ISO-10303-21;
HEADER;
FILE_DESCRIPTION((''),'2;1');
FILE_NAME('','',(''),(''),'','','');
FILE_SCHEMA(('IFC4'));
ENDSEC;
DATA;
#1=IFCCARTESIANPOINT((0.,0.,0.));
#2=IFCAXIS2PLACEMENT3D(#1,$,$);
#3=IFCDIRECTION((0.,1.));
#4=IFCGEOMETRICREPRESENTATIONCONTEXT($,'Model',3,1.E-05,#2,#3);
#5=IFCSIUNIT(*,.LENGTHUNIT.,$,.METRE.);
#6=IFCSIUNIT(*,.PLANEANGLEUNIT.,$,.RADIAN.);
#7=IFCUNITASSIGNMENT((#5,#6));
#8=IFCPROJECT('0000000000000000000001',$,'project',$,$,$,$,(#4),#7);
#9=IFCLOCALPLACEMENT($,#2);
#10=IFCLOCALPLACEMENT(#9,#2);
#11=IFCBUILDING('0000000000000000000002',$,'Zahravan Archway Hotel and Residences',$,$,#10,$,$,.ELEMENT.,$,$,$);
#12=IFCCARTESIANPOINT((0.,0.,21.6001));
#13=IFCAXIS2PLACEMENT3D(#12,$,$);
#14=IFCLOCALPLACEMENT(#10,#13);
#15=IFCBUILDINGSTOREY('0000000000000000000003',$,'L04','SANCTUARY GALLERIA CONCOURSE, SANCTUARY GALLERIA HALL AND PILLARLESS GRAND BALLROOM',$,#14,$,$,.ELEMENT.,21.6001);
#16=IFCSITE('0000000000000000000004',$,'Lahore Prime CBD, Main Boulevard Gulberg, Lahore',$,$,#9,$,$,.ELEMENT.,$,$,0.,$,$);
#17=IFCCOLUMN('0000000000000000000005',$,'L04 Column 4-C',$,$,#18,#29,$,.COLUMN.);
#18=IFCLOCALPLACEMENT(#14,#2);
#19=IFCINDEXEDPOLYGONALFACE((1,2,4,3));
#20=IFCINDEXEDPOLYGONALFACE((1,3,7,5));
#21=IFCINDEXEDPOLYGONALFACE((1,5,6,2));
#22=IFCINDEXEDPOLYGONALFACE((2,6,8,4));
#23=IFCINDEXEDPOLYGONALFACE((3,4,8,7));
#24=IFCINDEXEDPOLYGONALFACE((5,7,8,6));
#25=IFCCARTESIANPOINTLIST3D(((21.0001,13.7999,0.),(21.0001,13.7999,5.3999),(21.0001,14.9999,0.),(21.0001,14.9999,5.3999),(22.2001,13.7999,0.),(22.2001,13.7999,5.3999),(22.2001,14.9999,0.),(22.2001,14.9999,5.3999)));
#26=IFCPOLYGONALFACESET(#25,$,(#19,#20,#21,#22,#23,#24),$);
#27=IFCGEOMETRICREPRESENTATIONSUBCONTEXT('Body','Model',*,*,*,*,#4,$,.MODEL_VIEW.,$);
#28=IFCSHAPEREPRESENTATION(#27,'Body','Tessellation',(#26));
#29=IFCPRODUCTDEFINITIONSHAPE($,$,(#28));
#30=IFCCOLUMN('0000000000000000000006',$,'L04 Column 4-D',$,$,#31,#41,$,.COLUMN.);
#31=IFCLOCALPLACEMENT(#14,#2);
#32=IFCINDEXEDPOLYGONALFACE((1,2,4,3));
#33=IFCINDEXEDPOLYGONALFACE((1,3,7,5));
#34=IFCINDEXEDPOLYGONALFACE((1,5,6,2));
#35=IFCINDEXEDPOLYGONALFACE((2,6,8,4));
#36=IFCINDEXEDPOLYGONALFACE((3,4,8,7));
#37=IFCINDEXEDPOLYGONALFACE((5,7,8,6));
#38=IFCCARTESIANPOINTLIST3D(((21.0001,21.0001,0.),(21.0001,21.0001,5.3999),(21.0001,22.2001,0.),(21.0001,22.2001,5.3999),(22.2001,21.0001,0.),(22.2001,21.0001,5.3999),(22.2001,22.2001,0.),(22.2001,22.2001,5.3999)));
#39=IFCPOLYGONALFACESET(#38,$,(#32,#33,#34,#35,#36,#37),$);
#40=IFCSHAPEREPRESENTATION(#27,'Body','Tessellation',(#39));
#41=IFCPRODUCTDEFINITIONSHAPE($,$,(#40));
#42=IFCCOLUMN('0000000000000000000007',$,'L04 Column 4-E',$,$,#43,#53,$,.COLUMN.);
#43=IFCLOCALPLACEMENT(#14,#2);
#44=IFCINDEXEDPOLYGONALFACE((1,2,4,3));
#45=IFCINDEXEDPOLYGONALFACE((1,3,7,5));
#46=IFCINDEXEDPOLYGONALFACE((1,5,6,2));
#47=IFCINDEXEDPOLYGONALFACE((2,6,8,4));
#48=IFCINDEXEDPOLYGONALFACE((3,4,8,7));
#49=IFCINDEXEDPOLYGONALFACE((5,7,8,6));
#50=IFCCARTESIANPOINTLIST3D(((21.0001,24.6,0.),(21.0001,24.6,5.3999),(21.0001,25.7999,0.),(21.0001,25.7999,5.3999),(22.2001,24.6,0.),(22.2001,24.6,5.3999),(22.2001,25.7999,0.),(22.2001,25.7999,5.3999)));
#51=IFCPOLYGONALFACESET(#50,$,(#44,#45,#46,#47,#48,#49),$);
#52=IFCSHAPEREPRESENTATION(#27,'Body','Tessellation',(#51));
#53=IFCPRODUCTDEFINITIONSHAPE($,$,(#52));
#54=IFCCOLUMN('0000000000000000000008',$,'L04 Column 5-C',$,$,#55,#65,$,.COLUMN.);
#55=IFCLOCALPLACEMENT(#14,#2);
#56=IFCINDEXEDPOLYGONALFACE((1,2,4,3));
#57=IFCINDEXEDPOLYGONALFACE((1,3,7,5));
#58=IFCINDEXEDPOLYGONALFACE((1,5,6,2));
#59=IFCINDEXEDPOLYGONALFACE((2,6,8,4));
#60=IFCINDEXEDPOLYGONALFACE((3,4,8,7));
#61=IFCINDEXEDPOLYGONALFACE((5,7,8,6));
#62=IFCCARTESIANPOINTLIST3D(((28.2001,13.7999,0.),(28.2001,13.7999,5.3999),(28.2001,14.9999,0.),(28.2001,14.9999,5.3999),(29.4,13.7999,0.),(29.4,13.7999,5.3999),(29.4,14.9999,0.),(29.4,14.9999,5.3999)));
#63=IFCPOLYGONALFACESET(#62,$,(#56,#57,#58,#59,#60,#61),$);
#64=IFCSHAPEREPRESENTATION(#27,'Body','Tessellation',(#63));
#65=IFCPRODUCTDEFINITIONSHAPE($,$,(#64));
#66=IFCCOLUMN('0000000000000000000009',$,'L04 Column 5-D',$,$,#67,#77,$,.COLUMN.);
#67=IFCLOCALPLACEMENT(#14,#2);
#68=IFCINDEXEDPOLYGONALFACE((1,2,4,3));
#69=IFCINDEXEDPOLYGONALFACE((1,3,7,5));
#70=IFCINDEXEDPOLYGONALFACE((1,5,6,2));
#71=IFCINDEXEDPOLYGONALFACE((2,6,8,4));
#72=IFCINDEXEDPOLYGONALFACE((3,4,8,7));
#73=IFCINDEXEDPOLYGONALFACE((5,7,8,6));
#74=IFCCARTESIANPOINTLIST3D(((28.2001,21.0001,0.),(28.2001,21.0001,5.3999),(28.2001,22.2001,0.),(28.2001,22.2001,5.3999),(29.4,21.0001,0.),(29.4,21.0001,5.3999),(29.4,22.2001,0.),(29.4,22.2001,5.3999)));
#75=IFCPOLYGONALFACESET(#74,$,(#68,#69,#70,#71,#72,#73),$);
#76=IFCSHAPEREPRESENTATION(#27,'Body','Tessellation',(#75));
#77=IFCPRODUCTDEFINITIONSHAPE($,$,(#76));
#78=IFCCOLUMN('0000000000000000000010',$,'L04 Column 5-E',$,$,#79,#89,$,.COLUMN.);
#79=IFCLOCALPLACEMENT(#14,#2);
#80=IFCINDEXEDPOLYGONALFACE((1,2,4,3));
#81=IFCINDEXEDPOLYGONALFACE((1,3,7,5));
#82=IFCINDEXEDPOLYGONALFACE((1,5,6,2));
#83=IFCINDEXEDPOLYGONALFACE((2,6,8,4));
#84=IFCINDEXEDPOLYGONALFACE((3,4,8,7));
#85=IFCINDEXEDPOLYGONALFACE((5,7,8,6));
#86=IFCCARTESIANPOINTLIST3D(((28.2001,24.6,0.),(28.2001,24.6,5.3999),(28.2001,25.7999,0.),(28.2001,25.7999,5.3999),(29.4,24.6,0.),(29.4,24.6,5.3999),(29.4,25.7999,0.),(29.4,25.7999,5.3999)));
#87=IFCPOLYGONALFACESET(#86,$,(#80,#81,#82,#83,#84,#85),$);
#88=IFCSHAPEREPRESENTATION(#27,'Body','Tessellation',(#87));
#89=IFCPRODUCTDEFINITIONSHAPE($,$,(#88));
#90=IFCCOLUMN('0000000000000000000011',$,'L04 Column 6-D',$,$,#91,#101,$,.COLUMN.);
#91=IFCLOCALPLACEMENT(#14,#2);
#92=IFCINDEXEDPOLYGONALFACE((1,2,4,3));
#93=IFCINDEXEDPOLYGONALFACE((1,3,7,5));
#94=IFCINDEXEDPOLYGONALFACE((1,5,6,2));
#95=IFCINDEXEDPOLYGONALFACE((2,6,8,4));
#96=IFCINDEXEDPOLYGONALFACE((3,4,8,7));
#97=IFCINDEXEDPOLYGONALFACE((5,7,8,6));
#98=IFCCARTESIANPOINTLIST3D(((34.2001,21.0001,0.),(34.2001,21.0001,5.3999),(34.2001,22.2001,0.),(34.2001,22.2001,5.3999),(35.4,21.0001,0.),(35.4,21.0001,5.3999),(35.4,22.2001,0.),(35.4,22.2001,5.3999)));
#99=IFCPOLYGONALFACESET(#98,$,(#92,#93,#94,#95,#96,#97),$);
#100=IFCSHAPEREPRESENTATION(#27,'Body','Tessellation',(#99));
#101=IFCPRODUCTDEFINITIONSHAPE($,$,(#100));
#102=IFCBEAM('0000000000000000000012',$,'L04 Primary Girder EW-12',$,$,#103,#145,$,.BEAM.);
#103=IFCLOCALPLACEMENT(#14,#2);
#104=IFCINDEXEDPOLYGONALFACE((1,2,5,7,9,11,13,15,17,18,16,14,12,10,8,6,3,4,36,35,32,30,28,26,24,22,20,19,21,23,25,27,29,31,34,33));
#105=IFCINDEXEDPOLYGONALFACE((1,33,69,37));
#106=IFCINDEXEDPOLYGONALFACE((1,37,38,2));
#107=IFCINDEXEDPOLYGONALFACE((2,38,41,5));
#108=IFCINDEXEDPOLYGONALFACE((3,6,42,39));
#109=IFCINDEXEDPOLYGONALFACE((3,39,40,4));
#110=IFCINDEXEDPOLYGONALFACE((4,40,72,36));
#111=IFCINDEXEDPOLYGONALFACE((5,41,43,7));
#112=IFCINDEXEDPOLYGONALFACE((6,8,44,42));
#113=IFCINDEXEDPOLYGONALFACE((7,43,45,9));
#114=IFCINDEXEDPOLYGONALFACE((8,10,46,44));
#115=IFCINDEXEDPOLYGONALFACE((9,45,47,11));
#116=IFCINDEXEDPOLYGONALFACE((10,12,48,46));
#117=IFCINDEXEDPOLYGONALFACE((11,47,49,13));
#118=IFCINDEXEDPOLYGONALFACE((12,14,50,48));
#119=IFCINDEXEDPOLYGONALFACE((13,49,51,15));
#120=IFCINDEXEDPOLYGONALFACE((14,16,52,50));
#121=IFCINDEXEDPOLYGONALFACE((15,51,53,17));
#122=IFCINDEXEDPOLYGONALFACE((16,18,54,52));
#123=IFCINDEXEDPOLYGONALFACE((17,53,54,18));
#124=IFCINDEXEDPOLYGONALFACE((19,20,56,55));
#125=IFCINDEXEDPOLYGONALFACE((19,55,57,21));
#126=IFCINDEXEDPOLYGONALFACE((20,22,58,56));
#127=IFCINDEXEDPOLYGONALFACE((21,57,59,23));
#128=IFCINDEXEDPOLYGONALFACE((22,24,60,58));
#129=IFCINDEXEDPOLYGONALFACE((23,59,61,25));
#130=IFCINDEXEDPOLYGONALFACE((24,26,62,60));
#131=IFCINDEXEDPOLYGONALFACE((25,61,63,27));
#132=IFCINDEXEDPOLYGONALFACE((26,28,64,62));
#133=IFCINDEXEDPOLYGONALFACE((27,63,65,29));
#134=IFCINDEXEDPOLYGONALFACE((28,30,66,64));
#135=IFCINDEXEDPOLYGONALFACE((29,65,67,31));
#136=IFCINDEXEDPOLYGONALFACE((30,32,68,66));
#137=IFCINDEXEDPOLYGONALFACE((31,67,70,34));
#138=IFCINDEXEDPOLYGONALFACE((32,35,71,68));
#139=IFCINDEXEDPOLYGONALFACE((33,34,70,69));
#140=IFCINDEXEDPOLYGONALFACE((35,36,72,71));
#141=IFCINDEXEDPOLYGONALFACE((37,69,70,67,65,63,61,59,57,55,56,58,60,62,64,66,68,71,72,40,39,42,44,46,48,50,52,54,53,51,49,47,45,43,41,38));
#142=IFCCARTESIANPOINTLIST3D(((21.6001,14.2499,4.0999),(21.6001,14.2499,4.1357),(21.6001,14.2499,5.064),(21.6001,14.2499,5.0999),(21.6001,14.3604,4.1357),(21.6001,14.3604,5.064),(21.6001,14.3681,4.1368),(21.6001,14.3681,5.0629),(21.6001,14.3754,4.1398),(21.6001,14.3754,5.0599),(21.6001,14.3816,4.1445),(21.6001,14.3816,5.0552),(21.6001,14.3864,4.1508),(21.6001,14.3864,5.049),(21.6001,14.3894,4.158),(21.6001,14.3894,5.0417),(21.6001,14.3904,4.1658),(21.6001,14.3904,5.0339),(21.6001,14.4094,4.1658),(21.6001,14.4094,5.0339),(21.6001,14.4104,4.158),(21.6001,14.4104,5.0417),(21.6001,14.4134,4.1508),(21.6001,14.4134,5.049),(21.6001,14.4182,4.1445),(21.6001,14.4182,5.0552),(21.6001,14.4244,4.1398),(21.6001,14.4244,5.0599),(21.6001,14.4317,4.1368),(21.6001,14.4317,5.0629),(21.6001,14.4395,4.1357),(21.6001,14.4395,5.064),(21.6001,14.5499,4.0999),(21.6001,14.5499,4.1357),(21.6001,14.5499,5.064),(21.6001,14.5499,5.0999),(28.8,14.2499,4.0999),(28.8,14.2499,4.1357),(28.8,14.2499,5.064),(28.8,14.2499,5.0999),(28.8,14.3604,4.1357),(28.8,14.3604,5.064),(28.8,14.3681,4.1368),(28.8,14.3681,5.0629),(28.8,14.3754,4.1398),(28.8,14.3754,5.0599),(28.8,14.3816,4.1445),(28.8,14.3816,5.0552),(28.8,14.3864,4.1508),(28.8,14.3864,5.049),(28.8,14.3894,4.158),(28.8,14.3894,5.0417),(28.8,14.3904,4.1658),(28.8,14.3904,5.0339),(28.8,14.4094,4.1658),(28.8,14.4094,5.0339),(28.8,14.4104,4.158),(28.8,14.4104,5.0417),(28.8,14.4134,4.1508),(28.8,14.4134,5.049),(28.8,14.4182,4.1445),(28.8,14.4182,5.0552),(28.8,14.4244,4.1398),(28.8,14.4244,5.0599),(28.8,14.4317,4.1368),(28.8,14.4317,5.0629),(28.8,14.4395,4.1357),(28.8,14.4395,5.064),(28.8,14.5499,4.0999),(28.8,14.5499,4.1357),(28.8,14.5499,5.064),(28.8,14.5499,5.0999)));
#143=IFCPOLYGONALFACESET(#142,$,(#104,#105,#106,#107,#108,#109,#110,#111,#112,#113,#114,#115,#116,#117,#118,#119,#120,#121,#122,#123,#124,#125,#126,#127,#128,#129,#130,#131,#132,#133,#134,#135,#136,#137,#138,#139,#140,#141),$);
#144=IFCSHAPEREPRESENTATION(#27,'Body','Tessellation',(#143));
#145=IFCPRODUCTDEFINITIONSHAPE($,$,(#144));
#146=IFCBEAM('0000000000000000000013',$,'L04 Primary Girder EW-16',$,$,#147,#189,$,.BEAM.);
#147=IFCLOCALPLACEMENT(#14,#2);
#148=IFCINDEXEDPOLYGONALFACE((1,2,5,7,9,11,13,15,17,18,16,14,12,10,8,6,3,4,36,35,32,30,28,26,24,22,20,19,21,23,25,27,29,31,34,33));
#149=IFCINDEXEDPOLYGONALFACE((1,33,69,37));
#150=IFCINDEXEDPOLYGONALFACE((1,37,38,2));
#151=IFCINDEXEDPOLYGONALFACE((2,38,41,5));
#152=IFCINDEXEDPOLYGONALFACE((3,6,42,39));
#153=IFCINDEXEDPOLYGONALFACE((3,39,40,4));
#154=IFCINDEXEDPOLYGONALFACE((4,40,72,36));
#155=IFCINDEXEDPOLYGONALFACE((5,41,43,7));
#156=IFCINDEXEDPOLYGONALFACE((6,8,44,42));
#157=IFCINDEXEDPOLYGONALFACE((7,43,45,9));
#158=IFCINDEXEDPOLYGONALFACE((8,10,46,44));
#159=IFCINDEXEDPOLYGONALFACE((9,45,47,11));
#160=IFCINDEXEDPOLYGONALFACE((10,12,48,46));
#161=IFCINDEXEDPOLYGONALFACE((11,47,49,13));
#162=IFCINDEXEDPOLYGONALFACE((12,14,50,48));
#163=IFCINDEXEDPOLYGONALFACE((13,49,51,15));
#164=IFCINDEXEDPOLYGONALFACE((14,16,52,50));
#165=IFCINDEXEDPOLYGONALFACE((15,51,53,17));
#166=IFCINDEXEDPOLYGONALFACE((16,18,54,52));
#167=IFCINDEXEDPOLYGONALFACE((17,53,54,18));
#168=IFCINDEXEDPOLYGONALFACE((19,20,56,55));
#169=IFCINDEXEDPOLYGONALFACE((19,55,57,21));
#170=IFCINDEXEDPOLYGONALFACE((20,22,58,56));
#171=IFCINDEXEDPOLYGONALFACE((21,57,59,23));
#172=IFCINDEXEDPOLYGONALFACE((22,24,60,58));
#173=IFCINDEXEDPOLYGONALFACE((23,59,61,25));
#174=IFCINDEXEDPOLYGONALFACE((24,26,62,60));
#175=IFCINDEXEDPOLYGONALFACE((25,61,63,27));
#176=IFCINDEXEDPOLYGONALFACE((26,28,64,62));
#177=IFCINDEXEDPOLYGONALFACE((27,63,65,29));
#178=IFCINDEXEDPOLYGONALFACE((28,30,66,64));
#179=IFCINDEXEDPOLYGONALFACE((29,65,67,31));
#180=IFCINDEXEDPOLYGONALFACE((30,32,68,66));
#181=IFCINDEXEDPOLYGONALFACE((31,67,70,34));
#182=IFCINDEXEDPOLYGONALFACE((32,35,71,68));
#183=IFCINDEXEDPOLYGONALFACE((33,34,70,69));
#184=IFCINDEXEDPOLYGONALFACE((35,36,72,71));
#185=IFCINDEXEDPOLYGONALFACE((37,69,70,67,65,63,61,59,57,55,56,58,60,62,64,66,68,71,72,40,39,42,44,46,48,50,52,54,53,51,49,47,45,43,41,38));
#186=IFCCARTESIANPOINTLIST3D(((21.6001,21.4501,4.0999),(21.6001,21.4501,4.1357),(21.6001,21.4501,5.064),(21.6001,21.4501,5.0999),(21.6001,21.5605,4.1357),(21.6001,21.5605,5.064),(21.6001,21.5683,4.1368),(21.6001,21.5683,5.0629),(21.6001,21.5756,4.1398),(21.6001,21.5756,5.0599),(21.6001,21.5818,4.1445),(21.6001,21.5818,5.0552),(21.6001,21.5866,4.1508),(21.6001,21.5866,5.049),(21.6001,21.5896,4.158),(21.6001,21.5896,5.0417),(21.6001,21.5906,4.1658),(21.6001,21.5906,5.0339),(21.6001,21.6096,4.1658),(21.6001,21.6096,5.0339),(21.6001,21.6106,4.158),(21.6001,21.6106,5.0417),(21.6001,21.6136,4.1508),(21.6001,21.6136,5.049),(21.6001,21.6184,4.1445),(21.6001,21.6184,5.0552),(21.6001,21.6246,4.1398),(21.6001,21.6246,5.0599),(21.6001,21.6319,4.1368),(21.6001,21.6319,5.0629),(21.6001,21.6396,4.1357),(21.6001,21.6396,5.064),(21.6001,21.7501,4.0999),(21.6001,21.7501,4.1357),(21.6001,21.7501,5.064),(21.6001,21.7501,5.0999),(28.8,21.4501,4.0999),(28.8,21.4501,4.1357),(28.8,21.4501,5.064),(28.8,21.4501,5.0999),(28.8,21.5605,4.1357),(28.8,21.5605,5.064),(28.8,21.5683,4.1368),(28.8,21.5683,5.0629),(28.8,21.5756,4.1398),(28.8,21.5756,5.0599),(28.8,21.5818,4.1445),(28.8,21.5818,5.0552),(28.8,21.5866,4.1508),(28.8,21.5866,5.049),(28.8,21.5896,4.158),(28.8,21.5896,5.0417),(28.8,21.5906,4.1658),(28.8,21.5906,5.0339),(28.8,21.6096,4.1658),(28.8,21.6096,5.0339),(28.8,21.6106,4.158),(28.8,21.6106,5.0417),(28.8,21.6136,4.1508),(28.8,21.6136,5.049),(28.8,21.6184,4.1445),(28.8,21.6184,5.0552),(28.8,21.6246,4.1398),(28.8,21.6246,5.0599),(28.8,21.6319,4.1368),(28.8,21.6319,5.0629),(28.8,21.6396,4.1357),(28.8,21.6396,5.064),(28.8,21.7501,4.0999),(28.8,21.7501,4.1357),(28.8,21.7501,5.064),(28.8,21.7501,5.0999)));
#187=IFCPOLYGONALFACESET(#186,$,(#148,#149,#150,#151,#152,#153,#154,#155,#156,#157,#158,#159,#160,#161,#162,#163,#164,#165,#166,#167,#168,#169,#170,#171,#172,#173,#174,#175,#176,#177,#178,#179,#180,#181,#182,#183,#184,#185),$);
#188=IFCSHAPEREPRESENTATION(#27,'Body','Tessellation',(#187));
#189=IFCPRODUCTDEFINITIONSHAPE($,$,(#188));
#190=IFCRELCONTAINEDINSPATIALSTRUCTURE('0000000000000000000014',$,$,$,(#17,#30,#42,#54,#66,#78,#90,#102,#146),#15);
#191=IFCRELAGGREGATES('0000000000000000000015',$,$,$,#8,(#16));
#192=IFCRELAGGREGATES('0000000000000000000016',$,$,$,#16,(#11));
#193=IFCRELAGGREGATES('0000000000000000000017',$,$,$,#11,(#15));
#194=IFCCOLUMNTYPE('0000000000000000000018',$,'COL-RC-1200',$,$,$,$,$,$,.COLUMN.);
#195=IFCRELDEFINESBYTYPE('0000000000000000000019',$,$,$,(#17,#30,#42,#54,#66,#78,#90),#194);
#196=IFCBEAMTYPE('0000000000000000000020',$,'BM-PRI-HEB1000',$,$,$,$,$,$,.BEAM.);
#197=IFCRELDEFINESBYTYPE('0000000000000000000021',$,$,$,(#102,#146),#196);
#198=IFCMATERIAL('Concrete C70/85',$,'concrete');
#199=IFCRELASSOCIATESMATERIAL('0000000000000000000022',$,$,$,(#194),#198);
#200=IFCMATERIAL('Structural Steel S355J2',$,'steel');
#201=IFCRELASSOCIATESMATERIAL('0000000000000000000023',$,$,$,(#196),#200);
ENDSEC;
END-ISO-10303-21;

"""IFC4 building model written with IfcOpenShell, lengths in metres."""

from ifc_helpers import new_model, si_unit, direction, frame, origin, origin_2d, place, context, subcontext, project, spatial, rectangle, i_section, extrude, source, transform, mapped, material, material_profile, profile_set, type_object, element, save


model = new_model("IFC4")

# Units and contexts
model_context = context("Model", 3, precision=1e-05, world=origin(), true_north=direction((0.0, 1.0)))
body_context = subcontext(model_context, "Body", "Model", "MODEL_VIEW")
ifc_project = project(units=[si_unit("LENGTHUNIT", "METRE"), si_unit("PLANEANGLEUNIT", "RADIAN")], contexts=[model_context])

# Site, building, storey
site_placement = place(None, origin())
site = spatial("IfcSite", under=ifc_project, at=site_placement, Name="Lahore Prime CBD, Main Boulevard Gulberg, Lahore", CompositionType="ELEMENT", RefElevation=0.0)
building_placement = place(site_placement, origin())
building = spatial("IfcBuilding", under=site, at=building_placement, Name="Zahravan Archway Hotel and Residences", CompositionType="ELEMENT")
storey_placement = place(building_placement, frame((0.0, 0.0, 21.6001)))
storey = spatial("IfcBuildingStorey", under=building, at=storey_placement, Name="L04", Description="SANCTUARY GALLERIA CONCOURSE, SANCTUARY GALLERIA HALL AND PILLARLESS GRAND BALLROOM", CompositionType="ELEMENT", Elevation=21.6001)

# Columns
ifc_material_1 = material(Name="Concrete C70/85", Category="concrete")
ifc_material_profile_1 = material_profile(ifc_material_1, rectangle(XDim=1.2, YDim=1.2, at=origin_2d()), Name="RC-COL-1200x1200", Category="concrete")
ifc_profile_set_1 = profile_set([ifc_material_profile_1], Name="Concrete C70/85")
column_type = type_object("IfcColumnType", Name="COL-RC-1200", PredefinedType="COLUMN", material=ifc_profile_set_1)
shared_shape_1 = source(origin(), body_context, "Body", "SweptSolid", [
    extrude(rectangle(XDim=1.2, YDim=1.2, at=origin_2d()), origin(), (0.0, 0.0, 1.0), 5.3999),
])
for number, where, z_axis, x_axis, name in (
    (1, (21.6001, 14.3999, 0.0), (0.0, 0.0, 1.0), (1.0, 0.0, 0.0), "L04 Column 4-C"),
    (2, (21.6001, 21.6001, 0.0), (0.0, 0.0, 1.0), (1.0, 0.0, 0.0), "L04 Column 4-D"),
    (3, (21.6001, 25.2, 0.0), (0.0, 0.0, 1.0), (1.0, 0.0, 0.0), "L04 Column 4-E"),
    (4, (28.8, 14.3999, 0.0), (0.0, 0.0, 1.0), (1.0, 0.0, 0.0), "L04 Column 5-C"),
    (5, (28.8, 21.6001, 0.0), (0.0, 0.0, 1.0), (1.0, 0.0, 0.0), "L04 Column 5-D"),
    (6, (28.8, 25.2, 0.0), (0.0, 0.0, 1.0), (1.0, 0.0, 0.0), "L04 Column 5-E"),
    (7, (34.8, 21.6001, 0.0), (0.0, 0.0, 1.0), (1.0, 0.0, 0.0), "L04 Column 6-D"),
):
    element("IfcColumn", number, at=place(storey_placement, frame(where, z_axis=z_axis, x_axis=x_axis)), inside=storey, type_object=column_type, Name=name, PredefinedType="COLUMN", context=body_context, shape_type="MappedRepresentation", body=[
        mapped(shared_shape_1, transform((0.0, 0.0, 0.0), scale=1.0)),
    ])

# Beams
ifc_material_2 = material(Name="Structural Steel S355J2", Category="steel")
ifc_material_profile_2 = material_profile(ifc_material_2, i_section(OverallWidth=0.3, OverallDepth=1.0, WebThickness=0.019, FlangeThickness=0.0359, FilletRadius=0.03, at=origin_2d()), Name="HEB 1000", Category="steel")
ifc_profile_set_2 = profile_set([ifc_material_profile_2], Name="Structural Steel S355J2")
beam_type_1 = type_object("IfcBeamType", Name="BM-PRI-HEB1000", PredefinedType="BEAM", material=ifc_profile_set_2)
shared_shape_2 = source(origin(), body_context, "Body", "SweptSolid", [
    extrude(i_section(OverallWidth=0.3, OverallDepth=1.0, WebThickness=0.019, FlangeThickness=0.0359, FilletRadius=0.03, at=origin_2d()), origin(), (0.0, 0.0, 1.0), 7.2),
])
for number, where, z_axis, x_axis, name in (
    (8, (21.6001, 14.3999, 4.5999), (1.0, 0.0, 0.0), (0.0, 1.0, 0.0), "L04 Primary Girder EW-12"),
    (9, (21.6001, 21.6001, 4.5999), (1.0, 0.0, 0.0), (0.0, 1.0, 0.0), "L04 Primary Girder EW-16"),
):
    element("IfcBeam", number, at=place(storey_placement, frame(where, z_axis=z_axis, x_axis=x_axis)), inside=storey, type_object=beam_type_1, Name=name, PredefinedType="BEAM", context=body_context, shape_type="MappedRepresentation", body=[
        mapped(shared_shape_2, transform((0.0, 0.0, 0.0), scale=1.0)),
    ])

save(model, "model.ifc")
